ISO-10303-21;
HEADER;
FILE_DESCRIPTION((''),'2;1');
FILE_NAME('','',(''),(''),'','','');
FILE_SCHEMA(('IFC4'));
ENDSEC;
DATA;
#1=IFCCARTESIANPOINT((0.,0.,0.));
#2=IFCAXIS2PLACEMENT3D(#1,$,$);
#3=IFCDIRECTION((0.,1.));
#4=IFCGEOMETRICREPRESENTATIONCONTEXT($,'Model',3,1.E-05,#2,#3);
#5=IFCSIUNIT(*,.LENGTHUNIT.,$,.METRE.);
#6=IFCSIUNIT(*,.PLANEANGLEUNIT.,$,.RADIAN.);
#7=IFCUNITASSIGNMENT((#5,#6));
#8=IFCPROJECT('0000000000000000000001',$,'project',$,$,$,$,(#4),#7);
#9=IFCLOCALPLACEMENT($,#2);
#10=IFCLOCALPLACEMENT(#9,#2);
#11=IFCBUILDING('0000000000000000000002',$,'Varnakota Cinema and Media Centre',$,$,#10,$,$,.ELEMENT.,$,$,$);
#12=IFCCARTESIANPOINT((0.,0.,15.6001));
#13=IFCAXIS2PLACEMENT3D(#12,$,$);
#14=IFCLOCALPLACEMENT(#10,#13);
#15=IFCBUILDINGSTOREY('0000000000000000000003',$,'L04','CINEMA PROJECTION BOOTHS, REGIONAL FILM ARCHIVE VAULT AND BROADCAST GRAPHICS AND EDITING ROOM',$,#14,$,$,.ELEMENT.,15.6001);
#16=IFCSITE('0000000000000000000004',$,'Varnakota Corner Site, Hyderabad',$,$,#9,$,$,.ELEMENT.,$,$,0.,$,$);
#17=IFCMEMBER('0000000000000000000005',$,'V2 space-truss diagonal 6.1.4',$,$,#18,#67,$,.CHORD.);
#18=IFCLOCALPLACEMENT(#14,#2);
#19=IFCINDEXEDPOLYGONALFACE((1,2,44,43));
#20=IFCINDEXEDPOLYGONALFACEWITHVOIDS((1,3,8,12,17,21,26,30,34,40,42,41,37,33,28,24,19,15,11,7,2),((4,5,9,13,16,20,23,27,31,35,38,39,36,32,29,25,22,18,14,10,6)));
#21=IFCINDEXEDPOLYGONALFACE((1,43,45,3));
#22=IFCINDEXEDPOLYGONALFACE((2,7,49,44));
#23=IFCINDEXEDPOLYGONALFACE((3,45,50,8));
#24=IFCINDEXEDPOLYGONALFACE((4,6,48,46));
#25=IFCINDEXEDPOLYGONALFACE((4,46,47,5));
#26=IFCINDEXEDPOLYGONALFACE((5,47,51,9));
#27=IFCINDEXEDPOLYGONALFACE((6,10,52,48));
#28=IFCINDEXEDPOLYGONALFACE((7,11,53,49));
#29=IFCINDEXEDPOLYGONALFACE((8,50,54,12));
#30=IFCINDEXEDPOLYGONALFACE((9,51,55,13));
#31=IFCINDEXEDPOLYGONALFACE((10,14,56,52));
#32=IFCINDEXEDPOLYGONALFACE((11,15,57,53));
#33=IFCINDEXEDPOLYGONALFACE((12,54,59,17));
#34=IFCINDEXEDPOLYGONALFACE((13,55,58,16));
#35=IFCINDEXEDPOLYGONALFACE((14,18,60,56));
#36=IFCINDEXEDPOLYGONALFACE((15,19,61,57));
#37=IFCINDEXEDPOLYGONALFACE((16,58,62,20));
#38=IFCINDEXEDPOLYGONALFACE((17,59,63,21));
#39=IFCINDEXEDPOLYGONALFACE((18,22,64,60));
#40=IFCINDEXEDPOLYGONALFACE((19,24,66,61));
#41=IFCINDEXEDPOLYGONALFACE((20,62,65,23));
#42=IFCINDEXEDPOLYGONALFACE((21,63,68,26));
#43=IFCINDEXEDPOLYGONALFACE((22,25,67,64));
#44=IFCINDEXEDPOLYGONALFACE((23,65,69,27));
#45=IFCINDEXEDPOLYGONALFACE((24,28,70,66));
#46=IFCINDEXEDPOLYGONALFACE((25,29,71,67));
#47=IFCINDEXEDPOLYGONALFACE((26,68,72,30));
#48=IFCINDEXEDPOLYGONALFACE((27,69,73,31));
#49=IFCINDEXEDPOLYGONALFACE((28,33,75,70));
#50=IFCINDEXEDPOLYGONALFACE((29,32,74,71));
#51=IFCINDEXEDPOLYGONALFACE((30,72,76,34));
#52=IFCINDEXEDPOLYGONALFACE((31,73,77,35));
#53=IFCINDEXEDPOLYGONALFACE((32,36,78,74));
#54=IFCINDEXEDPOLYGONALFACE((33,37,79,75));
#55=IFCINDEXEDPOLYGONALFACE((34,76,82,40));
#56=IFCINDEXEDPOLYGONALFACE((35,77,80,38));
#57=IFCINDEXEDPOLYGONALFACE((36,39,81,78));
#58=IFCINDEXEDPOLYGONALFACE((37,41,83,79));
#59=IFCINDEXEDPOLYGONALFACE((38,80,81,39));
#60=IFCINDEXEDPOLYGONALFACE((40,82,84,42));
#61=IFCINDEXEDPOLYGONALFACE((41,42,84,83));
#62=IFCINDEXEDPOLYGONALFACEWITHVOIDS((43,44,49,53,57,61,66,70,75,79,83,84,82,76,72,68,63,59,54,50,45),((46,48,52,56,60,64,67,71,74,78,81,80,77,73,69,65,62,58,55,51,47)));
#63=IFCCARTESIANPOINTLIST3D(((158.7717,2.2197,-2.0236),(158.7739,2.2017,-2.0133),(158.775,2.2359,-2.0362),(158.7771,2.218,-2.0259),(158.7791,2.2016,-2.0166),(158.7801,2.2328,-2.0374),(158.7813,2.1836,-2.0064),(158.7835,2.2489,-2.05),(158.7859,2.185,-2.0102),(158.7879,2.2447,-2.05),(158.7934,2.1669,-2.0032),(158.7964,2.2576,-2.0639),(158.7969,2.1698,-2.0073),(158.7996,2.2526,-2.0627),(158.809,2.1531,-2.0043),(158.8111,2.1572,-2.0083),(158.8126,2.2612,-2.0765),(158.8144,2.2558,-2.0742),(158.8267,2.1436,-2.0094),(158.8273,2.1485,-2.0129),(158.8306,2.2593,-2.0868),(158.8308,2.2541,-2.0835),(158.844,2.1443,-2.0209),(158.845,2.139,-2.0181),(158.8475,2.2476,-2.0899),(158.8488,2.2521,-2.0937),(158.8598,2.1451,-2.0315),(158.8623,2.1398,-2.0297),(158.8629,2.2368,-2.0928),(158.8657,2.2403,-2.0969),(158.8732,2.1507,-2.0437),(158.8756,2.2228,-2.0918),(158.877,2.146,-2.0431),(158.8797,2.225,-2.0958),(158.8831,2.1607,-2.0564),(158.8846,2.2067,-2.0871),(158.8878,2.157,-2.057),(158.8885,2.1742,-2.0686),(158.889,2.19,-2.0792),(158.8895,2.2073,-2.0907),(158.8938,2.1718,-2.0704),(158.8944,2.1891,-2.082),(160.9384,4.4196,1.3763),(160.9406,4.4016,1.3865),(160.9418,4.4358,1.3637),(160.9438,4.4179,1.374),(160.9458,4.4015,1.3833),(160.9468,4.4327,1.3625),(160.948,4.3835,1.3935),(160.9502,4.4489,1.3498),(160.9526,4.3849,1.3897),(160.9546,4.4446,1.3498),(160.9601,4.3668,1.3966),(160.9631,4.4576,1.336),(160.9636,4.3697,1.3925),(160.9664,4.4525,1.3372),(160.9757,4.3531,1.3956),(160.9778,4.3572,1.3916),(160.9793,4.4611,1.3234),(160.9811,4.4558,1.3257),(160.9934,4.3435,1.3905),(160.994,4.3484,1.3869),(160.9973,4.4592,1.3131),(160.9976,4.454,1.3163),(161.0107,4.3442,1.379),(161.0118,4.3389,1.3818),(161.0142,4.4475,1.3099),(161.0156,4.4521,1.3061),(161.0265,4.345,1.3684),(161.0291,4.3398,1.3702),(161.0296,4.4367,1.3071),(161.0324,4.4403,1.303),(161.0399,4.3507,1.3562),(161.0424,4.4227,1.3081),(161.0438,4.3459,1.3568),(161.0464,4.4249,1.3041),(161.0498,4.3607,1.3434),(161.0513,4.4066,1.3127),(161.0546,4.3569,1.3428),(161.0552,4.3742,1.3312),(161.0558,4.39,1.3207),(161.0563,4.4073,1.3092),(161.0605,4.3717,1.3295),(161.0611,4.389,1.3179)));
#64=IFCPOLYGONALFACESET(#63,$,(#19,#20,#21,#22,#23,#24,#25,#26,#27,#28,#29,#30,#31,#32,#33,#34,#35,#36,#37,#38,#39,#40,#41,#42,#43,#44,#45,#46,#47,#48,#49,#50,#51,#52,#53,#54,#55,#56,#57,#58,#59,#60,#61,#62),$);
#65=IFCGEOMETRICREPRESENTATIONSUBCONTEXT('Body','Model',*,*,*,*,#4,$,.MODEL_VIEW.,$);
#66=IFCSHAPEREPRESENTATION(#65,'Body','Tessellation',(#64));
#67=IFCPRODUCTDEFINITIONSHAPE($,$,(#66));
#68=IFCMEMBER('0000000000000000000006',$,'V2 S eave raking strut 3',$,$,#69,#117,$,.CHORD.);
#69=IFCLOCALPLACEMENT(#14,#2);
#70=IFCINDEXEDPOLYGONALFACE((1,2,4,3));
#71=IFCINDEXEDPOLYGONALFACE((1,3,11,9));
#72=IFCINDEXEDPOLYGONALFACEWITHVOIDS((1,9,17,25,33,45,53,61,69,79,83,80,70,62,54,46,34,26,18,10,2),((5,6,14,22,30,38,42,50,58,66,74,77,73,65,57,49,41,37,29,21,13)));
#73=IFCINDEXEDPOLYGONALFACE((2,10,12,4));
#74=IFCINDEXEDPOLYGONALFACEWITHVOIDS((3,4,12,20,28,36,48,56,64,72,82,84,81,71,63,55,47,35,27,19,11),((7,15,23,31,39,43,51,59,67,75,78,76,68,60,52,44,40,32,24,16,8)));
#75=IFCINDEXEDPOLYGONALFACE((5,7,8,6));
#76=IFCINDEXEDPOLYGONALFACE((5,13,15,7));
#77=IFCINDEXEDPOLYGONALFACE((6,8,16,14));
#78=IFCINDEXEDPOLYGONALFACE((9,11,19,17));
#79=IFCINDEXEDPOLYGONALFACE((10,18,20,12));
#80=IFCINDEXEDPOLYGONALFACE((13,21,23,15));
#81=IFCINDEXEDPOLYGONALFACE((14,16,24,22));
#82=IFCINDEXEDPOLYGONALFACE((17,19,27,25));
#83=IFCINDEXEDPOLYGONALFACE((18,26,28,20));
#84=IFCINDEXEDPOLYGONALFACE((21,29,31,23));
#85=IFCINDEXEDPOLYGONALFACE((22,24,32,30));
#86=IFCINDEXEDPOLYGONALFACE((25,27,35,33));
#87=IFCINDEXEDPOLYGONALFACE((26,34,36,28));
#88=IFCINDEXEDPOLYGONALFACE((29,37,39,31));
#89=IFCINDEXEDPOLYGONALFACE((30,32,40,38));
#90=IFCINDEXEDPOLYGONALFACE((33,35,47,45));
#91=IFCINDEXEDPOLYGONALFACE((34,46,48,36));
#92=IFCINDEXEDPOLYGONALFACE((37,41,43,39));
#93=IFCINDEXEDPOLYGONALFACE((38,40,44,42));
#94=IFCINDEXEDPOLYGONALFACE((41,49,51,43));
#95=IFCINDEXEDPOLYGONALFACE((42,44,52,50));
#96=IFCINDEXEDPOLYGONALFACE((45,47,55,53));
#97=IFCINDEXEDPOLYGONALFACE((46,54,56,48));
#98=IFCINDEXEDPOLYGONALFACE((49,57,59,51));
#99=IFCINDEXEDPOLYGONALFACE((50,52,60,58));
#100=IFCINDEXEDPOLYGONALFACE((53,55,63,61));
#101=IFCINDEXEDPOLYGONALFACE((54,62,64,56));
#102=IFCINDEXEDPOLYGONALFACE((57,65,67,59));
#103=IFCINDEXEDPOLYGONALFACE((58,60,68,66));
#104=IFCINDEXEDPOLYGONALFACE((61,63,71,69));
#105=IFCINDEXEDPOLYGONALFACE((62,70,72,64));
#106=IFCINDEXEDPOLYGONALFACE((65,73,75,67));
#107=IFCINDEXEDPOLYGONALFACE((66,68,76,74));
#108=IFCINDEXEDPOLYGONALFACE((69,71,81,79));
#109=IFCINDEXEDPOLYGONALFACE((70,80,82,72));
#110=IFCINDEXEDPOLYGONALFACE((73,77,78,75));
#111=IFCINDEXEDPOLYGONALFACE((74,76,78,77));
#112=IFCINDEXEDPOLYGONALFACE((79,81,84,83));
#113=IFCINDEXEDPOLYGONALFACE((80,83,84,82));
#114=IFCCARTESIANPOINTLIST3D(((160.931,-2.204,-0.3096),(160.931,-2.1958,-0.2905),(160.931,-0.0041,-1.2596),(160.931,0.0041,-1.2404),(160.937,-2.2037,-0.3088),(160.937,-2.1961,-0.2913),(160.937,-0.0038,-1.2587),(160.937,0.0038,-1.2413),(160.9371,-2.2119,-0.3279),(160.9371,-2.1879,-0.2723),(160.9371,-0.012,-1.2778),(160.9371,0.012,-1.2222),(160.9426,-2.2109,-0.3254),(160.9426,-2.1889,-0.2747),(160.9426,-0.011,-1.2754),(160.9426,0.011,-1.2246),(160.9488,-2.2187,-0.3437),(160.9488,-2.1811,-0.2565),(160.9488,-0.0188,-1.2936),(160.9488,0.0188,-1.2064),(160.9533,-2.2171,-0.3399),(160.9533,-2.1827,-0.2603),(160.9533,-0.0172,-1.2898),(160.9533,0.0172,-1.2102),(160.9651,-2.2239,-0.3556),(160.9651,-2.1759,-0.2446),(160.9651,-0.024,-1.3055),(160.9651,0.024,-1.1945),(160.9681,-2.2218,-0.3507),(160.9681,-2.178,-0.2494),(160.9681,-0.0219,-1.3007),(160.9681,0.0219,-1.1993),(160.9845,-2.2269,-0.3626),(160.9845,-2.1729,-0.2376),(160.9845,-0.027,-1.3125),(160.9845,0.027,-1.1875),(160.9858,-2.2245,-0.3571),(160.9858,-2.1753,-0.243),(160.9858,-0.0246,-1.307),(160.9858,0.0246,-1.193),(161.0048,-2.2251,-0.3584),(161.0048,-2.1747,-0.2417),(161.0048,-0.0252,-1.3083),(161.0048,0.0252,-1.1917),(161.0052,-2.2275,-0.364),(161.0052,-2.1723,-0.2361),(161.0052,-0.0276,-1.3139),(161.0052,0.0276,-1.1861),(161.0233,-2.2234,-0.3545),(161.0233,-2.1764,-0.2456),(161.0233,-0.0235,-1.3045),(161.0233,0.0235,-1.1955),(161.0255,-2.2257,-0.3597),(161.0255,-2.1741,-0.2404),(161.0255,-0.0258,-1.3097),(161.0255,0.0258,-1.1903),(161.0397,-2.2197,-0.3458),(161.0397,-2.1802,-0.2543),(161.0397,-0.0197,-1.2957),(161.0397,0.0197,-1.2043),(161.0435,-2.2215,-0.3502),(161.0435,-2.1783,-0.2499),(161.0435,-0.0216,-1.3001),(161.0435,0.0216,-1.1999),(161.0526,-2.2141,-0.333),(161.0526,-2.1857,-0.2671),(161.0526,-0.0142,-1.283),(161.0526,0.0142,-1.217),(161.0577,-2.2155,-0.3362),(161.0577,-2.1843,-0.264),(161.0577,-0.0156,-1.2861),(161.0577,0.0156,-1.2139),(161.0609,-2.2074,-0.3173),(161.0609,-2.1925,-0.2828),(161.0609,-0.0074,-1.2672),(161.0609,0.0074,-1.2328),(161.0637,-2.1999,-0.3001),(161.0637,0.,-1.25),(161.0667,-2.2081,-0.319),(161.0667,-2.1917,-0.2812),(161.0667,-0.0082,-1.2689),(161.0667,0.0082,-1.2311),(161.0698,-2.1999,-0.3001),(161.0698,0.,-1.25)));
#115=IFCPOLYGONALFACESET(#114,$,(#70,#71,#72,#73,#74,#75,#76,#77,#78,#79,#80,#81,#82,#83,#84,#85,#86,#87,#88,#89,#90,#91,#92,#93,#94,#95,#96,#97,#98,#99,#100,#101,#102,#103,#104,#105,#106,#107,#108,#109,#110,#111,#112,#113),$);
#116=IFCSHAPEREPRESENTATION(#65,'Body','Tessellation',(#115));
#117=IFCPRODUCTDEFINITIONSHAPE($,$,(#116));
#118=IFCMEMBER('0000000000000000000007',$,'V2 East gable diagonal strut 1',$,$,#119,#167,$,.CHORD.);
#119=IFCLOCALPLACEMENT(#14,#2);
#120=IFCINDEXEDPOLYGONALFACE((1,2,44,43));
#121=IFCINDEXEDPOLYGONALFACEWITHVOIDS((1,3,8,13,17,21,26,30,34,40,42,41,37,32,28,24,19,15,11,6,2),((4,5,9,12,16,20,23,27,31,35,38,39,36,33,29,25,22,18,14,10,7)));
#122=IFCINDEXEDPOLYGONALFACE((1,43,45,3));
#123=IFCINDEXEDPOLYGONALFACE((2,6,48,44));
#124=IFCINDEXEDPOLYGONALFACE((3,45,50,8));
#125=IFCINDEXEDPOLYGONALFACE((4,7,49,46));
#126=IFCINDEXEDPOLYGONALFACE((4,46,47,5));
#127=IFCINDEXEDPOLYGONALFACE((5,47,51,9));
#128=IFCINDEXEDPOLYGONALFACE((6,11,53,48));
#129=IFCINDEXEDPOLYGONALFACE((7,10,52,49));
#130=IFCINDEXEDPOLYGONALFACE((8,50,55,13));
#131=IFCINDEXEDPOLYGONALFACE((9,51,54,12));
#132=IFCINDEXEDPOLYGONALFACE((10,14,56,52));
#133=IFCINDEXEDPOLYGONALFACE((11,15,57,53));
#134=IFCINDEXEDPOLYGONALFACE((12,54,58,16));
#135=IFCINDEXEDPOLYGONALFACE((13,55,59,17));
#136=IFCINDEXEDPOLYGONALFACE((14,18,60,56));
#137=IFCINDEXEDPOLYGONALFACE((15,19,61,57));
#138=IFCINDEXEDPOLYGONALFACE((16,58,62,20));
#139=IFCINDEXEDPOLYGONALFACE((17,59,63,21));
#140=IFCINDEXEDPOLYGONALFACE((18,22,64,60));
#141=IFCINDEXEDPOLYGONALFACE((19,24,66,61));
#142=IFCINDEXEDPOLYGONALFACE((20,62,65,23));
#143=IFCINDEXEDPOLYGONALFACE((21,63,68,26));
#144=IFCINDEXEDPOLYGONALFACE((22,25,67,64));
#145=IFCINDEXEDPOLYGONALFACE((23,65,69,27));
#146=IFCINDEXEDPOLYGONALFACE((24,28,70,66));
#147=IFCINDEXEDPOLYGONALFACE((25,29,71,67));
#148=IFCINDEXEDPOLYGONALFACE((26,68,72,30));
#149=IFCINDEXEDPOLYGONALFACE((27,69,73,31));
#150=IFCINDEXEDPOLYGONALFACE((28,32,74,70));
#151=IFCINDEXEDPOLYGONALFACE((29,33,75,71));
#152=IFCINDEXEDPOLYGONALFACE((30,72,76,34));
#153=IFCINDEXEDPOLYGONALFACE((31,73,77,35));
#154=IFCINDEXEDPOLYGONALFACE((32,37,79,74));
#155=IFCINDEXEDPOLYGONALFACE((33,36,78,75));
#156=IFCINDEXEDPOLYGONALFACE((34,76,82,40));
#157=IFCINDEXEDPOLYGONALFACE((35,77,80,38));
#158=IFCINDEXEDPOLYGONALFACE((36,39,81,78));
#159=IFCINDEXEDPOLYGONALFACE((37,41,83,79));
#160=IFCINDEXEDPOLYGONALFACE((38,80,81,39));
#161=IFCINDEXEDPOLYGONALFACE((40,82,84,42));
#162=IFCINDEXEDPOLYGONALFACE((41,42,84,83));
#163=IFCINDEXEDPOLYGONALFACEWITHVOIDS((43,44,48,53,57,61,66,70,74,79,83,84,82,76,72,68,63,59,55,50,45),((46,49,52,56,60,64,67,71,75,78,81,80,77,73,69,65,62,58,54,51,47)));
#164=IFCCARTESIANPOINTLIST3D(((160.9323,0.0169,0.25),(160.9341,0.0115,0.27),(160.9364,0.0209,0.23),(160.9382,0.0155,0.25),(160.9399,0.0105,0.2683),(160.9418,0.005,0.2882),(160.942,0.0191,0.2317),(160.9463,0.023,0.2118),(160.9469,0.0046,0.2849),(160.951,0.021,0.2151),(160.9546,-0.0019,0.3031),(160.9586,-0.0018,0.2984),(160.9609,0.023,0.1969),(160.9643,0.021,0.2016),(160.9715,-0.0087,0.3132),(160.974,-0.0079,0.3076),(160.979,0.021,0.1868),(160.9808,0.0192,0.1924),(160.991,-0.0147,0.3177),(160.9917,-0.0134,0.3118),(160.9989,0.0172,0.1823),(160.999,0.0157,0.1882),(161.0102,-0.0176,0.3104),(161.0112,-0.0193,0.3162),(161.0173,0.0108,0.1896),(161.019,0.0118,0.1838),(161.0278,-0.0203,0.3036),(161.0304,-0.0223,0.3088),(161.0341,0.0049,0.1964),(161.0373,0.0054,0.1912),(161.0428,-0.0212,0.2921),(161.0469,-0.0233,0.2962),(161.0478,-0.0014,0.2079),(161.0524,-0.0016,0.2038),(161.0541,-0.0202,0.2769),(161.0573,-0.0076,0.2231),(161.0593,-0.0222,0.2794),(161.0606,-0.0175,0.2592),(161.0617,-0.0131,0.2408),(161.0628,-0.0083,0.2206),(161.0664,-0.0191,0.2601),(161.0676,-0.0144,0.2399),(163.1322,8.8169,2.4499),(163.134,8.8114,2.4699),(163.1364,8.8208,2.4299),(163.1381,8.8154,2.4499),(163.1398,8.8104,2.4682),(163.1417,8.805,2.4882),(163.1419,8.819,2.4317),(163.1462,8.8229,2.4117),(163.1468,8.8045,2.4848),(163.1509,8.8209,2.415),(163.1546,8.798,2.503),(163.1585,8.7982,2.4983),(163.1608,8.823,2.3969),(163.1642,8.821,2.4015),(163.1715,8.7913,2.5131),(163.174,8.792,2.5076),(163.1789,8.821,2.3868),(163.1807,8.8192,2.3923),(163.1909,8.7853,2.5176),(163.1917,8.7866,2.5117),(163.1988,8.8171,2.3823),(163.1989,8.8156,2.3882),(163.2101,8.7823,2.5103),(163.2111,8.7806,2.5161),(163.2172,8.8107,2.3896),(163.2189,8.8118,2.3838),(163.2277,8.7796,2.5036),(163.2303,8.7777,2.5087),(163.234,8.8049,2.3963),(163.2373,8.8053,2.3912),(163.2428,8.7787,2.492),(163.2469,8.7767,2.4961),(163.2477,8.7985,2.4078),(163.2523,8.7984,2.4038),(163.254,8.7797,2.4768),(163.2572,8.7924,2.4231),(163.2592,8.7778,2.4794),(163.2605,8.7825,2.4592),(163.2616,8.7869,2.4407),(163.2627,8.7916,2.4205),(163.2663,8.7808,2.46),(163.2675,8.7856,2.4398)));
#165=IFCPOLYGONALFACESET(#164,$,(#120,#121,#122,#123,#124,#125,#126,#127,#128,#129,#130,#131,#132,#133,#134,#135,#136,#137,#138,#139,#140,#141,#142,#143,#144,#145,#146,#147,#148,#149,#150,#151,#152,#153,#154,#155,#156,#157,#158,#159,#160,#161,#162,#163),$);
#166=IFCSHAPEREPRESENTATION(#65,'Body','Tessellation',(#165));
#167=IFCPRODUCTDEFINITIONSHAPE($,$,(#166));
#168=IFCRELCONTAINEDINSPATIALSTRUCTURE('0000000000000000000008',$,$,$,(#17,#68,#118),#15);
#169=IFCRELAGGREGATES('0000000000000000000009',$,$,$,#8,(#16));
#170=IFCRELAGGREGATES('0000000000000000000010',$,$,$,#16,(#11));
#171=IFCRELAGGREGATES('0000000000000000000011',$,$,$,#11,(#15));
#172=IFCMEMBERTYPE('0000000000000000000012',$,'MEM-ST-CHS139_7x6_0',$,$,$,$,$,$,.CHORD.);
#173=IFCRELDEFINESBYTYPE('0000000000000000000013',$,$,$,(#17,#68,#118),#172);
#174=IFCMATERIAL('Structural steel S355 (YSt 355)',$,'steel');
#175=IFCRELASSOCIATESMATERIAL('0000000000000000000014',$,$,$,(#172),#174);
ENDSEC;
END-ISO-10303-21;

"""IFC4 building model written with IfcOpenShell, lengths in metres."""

from ifc_helpers import new_model, si_unit, direction, frame, origin, origin_2d, place, context, subcontext, project, spatial, hollow_circle, extrude, material, material_profile, profile_set, type_object, element, save


model = new_model("IFC4")

# Units and contexts
model_context = context("Model", 3, precision=1e-05, world=origin(), true_north=direction((0.0, 1.0)))
body_context = subcontext(model_context, "Body", "Model", "MODEL_VIEW")
ifc_project = project(units=[si_unit("LENGTHUNIT", "METRE"), si_unit("PLANEANGLEUNIT", "RADIAN")], contexts=[model_context])

# Site, building, storey
site_placement = place(None, origin())
site = spatial("IfcSite", under=ifc_project, at=site_placement, Name="Varnakota Corner Site, Hyderabad", CompositionType="ELEMENT", RefElevation=0.0)
building_placement = place(site_placement, origin())
building = spatial("IfcBuilding", under=site, at=building_placement, Name="Varnakota Cinema and Media Centre", CompositionType="ELEMENT")
storey_placement = place(building_placement, frame((0.0, 0.0, 15.6001)))
storey = spatial("IfcBuildingStorey", under=building, at=storey_placement, Name="L04", Description="CINEMA PROJECTION BOOTHS, REGIONAL FILM ARCHIVE VAULT AND BROADCAST GRAPHICS AND EDITING ROOM", CompositionType="ELEMENT", Elevation=15.6001)

# Members
ifc_material_1 = material(Name="Structural steel S355 (YSt 355)", Category="steel")
ifc_material_profile_1 = material_profile(ifc_material_1, hollow_circle(Radius=0.0698, WallThickness=0.0061, at=origin_2d()), Name="CHS 139.7x6.0")
ifc_profile_set_1 = profile_set([ifc_material_profile_1], Name="Structural steel S355 (YSt 355)")
member_type_1 = type_object("IfcMemberType", Name="MEM-ST-CHS139_7x6_0", PredefinedType="CHORD", material=ifc_profile_set_1)
member_1_placement = place(storey_placement, frame((158.8333, 2.2, -2.05), z_axis=(0.471769, 0.478999, 0.740266), x_axis=(-0.712463, 0.70171, 0.0)))
element("IfcMember", 1, at=member_1_placement, inside=storey, type_object=member_type_1, Name="V2 space-truss diagonal 6.1.4", PredefinedType="CHORD", context=body_context, shape_type="SweptSolid", body=[
    extrude(hollow_circle(Radius=0.0698, WallThickness=0.0061, at=origin_2d()), origin(), (0.0, 0.0, 1.0), 4.5928),
])
member_2_placement = place(storey_placement, frame((161.0, 0.0, -1.25), z_axis=(0.0, -0.918067, 0.396426), x_axis=(1.0, 0.0, 0.0)))
element("IfcMember", 2, at=member_2_placement, inside=storey, type_object=member_type_1, Name="V2 S eave raking strut 3", PredefinedType="CHORD", context=body_context, shape_type="SweptSolid", body=[
    extrude(hollow_circle(Radius=0.0698, WallThickness=0.0061, at=origin_2d()), origin(), (0.0, 0.0, 1.0), 2.3962),
])
member_3_placement = place(storey_placement, frame((161.0, 0.0, 0.25), z_axis=(0.235696, 0.942812, 0.235696), x_axis=(-0.970144, 0.242529, 0.0)))
element("IfcMember", 3, at=member_3_placement, inside=storey, type_object=member_type_1, Name="V2 East gable diagonal strut 1", PredefinedType="CHORD", context=body_context, shape_type="SweptSolid", body=[
    extrude(hollow_circle(Radius=0.0698, WallThickness=0.0061, at=origin_2d()), origin(), (0.0, 0.0, 1.0), 9.3337),
])

save(model, "model.ifc")
